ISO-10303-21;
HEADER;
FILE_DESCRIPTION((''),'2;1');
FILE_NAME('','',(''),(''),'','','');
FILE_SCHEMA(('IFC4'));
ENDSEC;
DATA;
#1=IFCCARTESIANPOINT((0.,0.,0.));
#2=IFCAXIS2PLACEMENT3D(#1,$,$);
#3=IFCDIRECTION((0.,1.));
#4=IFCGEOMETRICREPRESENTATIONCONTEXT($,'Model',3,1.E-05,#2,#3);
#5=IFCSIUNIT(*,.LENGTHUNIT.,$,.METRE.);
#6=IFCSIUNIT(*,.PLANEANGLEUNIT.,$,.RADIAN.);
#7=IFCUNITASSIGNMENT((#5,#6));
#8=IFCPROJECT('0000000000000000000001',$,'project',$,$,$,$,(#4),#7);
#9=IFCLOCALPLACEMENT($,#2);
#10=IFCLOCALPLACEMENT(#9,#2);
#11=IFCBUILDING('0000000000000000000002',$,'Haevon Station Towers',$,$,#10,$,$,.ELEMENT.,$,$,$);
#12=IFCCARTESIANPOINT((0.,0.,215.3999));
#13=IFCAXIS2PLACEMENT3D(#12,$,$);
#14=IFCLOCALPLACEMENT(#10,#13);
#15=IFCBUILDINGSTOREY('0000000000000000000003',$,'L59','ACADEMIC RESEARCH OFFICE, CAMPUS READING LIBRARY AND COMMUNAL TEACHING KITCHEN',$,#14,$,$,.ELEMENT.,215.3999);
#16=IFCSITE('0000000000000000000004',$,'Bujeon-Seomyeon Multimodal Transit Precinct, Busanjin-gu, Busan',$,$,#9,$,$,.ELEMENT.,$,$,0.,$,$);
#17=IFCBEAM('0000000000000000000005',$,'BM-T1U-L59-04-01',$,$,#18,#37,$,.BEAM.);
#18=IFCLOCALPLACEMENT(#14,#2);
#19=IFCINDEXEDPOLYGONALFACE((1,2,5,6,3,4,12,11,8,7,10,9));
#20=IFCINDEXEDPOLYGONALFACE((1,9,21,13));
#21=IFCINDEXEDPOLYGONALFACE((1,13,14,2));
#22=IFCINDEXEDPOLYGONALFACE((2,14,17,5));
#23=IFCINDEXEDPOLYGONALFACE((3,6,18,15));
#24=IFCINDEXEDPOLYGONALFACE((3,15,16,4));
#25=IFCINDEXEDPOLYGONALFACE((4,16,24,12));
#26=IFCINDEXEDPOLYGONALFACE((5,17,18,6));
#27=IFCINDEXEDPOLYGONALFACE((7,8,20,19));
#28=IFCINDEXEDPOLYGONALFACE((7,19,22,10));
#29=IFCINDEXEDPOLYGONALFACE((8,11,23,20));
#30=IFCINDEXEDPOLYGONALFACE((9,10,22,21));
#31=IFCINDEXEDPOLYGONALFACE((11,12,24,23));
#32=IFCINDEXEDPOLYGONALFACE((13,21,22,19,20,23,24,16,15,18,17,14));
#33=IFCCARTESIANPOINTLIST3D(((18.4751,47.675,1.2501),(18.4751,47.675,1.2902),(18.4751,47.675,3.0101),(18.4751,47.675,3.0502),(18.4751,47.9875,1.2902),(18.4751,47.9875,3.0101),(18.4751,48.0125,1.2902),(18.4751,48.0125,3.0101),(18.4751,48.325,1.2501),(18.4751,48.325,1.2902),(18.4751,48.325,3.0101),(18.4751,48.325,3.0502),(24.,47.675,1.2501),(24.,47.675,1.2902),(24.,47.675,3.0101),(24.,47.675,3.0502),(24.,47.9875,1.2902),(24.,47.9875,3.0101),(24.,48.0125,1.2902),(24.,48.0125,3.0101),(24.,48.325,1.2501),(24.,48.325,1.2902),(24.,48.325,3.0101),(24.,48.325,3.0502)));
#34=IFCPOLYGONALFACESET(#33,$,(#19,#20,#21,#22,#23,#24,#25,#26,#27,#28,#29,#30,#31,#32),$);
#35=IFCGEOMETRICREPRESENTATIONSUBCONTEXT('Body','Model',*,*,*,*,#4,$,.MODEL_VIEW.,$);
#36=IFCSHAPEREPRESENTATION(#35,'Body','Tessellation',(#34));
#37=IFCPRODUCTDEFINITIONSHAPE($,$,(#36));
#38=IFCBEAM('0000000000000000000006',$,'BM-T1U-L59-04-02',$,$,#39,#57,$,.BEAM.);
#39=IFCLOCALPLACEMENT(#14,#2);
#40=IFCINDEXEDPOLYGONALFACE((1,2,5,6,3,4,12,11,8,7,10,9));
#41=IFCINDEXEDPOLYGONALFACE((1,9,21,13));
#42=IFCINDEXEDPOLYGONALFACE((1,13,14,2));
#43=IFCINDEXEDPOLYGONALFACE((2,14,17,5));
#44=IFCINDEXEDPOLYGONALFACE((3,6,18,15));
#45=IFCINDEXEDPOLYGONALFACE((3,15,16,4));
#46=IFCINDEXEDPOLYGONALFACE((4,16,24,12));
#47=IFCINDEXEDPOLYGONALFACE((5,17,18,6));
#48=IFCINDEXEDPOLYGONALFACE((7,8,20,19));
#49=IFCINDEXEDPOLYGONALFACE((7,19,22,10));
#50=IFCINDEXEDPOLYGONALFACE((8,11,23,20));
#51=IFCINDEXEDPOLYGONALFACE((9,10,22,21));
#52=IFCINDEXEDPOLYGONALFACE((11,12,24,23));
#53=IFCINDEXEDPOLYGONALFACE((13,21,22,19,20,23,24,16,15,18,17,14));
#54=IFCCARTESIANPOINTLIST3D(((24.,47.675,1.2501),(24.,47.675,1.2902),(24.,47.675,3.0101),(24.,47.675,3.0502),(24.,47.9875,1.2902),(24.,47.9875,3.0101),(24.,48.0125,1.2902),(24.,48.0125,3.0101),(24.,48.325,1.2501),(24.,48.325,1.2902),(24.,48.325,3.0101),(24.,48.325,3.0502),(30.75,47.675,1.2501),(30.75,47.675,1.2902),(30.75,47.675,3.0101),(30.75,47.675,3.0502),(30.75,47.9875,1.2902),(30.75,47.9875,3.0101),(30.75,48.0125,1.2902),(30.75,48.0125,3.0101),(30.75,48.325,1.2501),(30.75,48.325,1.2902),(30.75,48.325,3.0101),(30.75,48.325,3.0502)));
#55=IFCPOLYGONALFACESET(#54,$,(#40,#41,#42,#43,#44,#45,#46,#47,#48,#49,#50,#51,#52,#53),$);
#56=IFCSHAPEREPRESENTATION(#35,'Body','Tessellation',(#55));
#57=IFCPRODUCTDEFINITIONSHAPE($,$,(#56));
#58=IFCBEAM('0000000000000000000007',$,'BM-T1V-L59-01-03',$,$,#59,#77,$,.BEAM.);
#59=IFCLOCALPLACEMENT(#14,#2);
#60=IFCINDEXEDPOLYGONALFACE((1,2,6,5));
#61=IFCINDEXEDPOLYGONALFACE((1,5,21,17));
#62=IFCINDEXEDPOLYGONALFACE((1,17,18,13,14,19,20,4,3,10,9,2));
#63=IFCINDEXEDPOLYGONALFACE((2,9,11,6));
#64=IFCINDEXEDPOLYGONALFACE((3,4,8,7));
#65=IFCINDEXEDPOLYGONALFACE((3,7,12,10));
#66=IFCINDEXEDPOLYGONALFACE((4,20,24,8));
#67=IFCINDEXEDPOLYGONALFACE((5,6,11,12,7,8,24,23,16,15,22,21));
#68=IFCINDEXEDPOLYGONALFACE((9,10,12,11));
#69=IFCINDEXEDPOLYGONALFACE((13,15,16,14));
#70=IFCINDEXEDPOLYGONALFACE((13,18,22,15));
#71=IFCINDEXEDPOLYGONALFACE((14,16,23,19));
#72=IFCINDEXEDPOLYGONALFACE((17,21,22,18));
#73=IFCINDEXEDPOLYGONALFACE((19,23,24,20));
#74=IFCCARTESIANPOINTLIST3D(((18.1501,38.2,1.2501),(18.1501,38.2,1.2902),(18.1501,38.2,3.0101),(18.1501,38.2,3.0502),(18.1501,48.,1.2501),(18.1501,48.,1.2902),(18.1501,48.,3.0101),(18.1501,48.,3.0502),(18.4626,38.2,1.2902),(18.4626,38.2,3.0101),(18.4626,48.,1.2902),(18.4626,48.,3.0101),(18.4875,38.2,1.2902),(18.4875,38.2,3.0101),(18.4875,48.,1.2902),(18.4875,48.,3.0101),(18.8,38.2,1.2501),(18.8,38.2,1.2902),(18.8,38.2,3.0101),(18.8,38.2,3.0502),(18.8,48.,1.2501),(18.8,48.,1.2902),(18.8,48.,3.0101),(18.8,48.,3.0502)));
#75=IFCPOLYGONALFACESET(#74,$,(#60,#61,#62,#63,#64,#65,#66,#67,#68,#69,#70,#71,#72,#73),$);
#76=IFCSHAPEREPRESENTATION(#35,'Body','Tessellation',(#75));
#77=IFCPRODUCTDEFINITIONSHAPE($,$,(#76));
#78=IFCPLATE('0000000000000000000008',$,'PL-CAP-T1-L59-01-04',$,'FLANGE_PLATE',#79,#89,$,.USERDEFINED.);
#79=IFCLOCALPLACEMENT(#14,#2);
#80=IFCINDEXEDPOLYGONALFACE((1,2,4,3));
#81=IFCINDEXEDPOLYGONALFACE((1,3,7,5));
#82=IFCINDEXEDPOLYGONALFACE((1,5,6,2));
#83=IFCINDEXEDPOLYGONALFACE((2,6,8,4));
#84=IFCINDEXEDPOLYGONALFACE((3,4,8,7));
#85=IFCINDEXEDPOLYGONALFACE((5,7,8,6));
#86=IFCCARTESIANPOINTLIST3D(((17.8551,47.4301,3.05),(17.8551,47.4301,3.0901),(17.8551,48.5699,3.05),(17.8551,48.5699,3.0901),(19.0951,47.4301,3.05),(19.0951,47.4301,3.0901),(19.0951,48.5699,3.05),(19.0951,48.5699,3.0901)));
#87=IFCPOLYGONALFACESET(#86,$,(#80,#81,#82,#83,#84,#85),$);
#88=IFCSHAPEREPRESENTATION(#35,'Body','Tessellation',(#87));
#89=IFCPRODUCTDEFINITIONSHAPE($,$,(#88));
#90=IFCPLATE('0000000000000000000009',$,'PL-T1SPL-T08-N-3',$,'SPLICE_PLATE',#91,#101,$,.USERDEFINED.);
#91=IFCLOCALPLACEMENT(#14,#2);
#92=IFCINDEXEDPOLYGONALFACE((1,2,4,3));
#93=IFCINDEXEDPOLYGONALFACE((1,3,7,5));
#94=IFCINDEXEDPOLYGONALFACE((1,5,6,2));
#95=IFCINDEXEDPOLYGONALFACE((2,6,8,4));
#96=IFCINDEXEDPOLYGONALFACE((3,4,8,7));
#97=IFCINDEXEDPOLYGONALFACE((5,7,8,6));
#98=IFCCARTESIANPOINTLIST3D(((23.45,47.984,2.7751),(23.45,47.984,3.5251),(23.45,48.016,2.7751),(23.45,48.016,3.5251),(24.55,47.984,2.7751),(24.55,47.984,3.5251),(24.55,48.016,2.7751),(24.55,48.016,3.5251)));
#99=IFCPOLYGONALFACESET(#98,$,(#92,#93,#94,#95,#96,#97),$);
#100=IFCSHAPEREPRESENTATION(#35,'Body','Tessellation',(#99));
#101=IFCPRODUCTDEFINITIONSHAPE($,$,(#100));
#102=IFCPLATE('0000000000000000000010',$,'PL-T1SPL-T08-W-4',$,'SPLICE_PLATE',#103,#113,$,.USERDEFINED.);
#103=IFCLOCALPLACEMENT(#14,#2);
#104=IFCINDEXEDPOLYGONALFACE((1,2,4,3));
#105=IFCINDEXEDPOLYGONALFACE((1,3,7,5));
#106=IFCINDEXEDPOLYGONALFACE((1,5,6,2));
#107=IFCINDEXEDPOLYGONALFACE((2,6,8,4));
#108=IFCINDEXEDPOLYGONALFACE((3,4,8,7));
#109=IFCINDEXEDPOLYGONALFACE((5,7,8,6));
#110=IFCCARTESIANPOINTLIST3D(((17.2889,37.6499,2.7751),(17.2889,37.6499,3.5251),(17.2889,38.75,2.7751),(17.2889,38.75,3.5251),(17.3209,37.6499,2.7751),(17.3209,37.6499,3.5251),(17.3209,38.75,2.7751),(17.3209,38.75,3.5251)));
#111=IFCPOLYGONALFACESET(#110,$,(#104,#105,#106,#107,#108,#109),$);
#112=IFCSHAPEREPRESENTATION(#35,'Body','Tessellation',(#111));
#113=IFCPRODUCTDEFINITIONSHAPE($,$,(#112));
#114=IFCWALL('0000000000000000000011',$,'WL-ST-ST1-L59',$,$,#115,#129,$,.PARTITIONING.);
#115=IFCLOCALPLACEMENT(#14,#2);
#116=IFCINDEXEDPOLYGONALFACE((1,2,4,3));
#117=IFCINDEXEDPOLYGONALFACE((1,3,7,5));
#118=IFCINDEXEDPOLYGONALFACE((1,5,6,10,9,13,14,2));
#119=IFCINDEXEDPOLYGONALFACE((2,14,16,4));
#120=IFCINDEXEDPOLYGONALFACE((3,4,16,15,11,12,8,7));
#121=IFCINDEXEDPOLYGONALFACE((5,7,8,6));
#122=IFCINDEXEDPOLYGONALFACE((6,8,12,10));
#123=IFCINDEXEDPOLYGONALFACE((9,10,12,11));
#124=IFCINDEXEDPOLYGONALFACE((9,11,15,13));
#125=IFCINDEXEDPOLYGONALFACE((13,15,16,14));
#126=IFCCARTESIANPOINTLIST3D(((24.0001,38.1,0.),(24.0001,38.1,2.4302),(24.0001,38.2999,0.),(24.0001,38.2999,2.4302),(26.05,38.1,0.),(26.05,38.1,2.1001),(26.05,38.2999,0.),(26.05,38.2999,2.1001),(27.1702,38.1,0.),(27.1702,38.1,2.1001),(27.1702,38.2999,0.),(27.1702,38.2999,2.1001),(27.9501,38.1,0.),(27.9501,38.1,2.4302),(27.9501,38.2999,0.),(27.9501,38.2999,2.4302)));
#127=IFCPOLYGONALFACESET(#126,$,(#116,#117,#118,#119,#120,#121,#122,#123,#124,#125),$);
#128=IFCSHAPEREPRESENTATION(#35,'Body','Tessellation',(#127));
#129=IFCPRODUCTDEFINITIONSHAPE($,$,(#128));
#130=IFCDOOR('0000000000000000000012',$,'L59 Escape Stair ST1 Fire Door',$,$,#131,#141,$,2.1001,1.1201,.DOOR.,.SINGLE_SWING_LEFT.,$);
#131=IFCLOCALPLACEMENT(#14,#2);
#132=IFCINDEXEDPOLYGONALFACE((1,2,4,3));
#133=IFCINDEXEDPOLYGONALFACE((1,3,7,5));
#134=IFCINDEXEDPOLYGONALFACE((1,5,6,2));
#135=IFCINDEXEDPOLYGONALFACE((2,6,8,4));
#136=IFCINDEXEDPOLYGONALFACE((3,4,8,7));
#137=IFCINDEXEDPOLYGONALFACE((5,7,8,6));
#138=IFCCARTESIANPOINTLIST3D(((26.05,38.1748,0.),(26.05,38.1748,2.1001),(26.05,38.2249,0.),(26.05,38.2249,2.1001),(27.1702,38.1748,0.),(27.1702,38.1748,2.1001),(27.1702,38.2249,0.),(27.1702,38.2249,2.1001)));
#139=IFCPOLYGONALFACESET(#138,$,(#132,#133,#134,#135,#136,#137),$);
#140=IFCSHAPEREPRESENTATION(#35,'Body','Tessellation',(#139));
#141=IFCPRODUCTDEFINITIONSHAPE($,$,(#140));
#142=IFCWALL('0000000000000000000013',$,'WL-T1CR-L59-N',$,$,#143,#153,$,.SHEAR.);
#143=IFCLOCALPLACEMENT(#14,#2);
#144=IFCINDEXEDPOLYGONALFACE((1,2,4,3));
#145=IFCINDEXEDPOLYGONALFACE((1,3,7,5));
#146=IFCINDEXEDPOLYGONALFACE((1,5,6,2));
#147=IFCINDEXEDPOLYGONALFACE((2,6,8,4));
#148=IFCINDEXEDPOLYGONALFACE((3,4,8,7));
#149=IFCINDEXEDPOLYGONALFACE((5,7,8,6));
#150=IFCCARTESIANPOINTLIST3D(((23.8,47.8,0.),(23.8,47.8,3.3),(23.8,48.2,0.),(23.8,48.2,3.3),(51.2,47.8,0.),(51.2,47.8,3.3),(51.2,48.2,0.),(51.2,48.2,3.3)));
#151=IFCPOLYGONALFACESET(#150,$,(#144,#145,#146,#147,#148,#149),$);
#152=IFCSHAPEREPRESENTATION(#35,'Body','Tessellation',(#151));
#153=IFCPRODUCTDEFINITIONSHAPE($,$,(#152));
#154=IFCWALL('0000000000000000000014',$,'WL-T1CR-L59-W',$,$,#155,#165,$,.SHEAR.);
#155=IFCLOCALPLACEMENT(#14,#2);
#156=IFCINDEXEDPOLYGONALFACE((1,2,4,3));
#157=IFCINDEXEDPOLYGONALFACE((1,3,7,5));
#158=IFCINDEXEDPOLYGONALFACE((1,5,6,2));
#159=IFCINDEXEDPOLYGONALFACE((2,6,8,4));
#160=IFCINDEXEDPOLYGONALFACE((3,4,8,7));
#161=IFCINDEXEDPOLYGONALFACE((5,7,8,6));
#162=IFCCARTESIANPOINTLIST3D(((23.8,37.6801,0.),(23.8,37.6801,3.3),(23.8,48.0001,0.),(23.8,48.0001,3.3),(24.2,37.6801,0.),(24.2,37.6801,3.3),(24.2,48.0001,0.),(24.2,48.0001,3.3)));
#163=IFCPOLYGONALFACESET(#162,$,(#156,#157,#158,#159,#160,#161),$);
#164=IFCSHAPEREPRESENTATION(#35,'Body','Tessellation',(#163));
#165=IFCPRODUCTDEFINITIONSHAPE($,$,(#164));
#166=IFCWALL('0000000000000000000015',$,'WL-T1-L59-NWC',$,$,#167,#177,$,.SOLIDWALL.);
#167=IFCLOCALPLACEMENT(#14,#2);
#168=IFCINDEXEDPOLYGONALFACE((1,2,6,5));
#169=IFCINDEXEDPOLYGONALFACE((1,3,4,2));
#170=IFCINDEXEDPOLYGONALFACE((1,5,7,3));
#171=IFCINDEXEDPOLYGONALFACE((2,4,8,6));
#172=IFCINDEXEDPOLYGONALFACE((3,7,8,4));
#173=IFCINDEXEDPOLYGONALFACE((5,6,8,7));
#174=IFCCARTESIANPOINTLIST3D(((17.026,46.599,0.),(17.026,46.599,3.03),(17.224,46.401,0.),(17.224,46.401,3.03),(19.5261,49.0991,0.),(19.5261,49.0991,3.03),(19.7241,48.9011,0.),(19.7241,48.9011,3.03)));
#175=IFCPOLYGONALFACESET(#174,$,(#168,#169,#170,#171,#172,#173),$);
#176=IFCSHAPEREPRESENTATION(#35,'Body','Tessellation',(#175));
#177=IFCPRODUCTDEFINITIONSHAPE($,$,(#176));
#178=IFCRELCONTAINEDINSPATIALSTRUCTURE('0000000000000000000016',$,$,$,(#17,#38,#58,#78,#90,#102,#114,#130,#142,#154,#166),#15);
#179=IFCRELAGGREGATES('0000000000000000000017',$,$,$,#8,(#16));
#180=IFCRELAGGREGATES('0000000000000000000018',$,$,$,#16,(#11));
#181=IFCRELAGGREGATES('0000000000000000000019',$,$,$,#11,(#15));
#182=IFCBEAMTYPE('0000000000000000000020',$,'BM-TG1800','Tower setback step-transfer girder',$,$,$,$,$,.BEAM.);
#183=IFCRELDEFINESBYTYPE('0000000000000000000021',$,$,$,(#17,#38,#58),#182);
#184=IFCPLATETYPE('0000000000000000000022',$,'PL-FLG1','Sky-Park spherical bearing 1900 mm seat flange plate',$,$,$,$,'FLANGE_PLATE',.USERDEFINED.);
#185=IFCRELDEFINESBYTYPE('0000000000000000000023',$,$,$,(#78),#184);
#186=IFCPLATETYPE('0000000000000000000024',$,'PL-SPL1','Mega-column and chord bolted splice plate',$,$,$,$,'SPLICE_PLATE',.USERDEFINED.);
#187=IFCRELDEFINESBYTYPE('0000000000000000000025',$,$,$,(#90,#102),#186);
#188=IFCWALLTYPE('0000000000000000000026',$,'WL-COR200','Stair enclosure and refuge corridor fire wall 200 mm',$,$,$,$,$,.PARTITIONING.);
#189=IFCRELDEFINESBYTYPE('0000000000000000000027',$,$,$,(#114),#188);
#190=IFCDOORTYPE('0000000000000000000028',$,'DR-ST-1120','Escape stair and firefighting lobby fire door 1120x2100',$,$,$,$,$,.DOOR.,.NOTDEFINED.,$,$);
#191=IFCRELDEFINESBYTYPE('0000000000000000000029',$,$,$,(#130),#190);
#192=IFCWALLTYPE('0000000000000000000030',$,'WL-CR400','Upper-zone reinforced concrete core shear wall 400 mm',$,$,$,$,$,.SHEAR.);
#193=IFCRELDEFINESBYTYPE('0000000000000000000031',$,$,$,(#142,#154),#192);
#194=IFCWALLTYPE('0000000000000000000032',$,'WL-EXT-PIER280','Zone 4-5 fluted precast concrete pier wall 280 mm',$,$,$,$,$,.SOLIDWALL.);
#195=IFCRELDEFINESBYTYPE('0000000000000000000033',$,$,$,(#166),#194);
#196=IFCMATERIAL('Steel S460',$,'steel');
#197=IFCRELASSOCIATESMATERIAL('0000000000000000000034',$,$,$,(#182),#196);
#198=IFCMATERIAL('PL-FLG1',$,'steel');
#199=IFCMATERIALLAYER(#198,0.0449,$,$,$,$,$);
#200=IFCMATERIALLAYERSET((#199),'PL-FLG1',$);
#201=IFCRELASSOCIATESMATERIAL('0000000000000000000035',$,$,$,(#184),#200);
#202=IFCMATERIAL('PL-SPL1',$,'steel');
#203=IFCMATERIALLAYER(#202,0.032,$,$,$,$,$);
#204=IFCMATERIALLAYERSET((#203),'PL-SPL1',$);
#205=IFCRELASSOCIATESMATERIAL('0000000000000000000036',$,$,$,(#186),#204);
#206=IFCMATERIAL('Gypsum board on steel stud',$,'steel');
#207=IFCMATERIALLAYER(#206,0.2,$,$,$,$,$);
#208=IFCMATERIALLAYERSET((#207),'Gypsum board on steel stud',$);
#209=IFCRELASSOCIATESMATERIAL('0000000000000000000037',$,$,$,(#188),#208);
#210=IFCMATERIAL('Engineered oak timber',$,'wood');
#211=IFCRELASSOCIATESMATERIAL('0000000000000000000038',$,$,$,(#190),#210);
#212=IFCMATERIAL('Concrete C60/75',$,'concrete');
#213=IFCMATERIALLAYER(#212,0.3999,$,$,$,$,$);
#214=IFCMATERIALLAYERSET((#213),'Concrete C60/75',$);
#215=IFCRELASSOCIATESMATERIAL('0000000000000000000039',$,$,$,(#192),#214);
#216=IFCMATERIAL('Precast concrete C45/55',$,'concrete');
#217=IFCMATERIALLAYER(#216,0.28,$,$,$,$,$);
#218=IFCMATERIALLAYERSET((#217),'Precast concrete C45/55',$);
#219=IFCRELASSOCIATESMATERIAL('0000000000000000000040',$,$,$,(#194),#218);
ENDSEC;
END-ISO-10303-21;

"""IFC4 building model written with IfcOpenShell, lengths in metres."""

from ifc_helpers import new_model, si_unit, direction, frame, frame_2d, origin, origin_2d, place, context, subcontext, project, spatial, rectangle, i_section, extrude, material, layer, layer_set, material_profile, profile_set, type_object, element, fill, save


model = new_model("IFC4")

# Units and contexts
model_context = context("Model", 3, precision=1e-05, world=origin(), true_north=direction((0.0, 1.0)))
body_context = subcontext(model_context, "Body", "Model", "MODEL_VIEW")
ifc_project = project(units=[si_unit("LENGTHUNIT", "METRE"), si_unit("PLANEANGLEUNIT", "RADIAN")], contexts=[model_context])

# Site, building, storey
site_placement = place(None, origin())
site = spatial("IfcSite", under=ifc_project, at=site_placement, Name="Bujeon-Seomyeon Multimodal Transit Precinct, Busanjin-gu, Busan", CompositionType="ELEMENT", RefElevation=0.0)
building_placement = place(site_placement, origin())
building = spatial("IfcBuilding", under=site, at=building_placement, Name="Haevon Station Towers", CompositionType="ELEMENT")
storey_placement = place(building_placement, frame((0.0, 0.0, 215.3999)))
storey = spatial("IfcBuildingStorey", under=building, at=storey_placement, Name="L59", Description="ACADEMIC RESEARCH OFFICE, CAMPUS READING LIBRARY AND COMMUNAL TEACHING KITCHEN", CompositionType="ELEMENT", Elevation=215.3999)

# Shared definitions
ifc_material_1 = material(Name="Steel S460", Category="steel")

# Beams
ifc_material_profile_1 = material_profile(ifc_material_1, i_section(OverallWidth=0.6499, OverallDepth=1.8, WebThickness=0.0249, FlangeThickness=0.04, at=origin_2d()), Name="H-1800x650x25x40")
ifc_profile_set_1 = profile_set([ifc_material_profile_1], Name="Steel S460")
beam_type_1 = type_object("IfcBeamType", Name="BM-TG1800", Description="Tower setback step-transfer girder", PredefinedType="BEAM", material=ifc_profile_set_1)
for number, where, z_axis, x_axis, name in (
    (1, (18.4751, 48.0, 2.1501), (1.0, 0.0, 0.0), (0.0, 1.0, 0.0), "BM-T1U-L59-04-01"),
):
    element("IfcBeam", number, at=place(storey_placement, frame(where, z_axis=z_axis, x_axis=x_axis)), inside=storey, type_object=beam_type_1, Name=name, PredefinedType="BEAM", context=body_context, shape_type="SweptSolid", body=[
        extrude(i_section(OverallWidth=0.6499, OverallDepth=1.8, WebThickness=0.0249, FlangeThickness=0.04, at=origin_2d()), origin(), (0.0, 0.0, 1.0), 5.5249),
    ])
beam_1_placement = place(storey_placement, frame((24.0, 48.0, 2.1501), z_axis=(1.0, 0.0, 0.0), x_axis=(0.0, 1.0, 0.0)))
element("IfcBeam", 2, at=beam_1_placement, inside=storey, type_object=beam_type_1, Name="BM-T1U-L59-04-02", PredefinedType="BEAM", context=body_context, shape_type="SweptSolid", body=[
    extrude(i_section(OverallWidth=0.6499, OverallDepth=1.8, WebThickness=0.0249, FlangeThickness=0.04, at=origin_2d()), origin(), (0.0, 0.0, 1.0), 6.75),
])
beam_2_placement = place(storey_placement, frame((18.4751, 38.2, 2.1501), z_axis=(0.0, 1.0, 0.0), x_axis=(-1.0, 0.0, 0.0)))
element("IfcBeam", 3, at=beam_2_placement, inside=storey, type_object=beam_type_1, Name="BM-T1V-L59-01-03", PredefinedType="BEAM", context=body_context, shape_type="SweptSolid", body=[
    extrude(i_section(OverallWidth=0.6499, OverallDepth=1.8, WebThickness=0.0249, FlangeThickness=0.04, at=origin_2d()), origin(), (0.0, 0.0, 1.0), 9.8),
])

# Plates
ifc_material_2 = material(Name="PL-FLG1", Category="steel")
ifc_layer_1 = layer(ifc_material_2, 0.0449)
ifc_layer_set_1 = layer_set([ifc_layer_1], Name="PL-FLG1")
plate_type_1 = type_object("IfcPlateType", Name="PL-FLG1", Description="Sky-Park spherical bearing 1900 mm seat flange plate", ElementType="FLANGE_PLATE", PredefinedType="USERDEFINED", material=ifc_layer_set_1)
plate_placement = place(storey_placement, frame((18.4751, 48.0, 3.05), z_axis=(0.0, 0.0, 1.0), x_axis=(1.0, 0.0, 0.0)))
element("IfcPlate", 4, at=plate_placement, inside=storey, type_object=plate_type_1, Name="PL-CAP-T1-L59-01-04", ObjectType="FLANGE_PLATE", PredefinedType="USERDEFINED", context=body_context, shape_type="SweptSolid", body=[
    extrude(rectangle(XDim=1.24, YDim=1.1399, at=origin_2d()), origin(), (0.0, 0.0, 1.0), 0.04),
])
ifc_material_3 = material(Name="PL-SPL1", Category="steel")
ifc_layer_2 = layer(ifc_material_3, 0.032)
ifc_layer_set_2 = layer_set([ifc_layer_2], Name="PL-SPL1")
plate_type_2 = type_object("IfcPlateType", Name="PL-SPL1", Description="Mega-column and chord bolted splice plate", ElementType="SPLICE_PLATE", PredefinedType="USERDEFINED", material=ifc_layer_set_2)
for number, where, z_axis, x_axis, name in (
    (5, (24.0, 48.0, 2.7751), (0.0, 0.0, 1.0), (1.0, 0.0, 0.0), "PL-T1SPL-T08-N-3"),
    (6, (17.3049, 38.2, 2.7751), (0.0, 0.0, 1.0), (0.0, 1.0, 0.0), "PL-T1SPL-T08-W-4"),
):
    element("IfcPlate", number, at=place(storey_placement, frame(where, z_axis=z_axis, x_axis=x_axis)), inside=storey, type_object=plate_type_2, Name=name, ObjectType="SPLICE_PLATE", PredefinedType="USERDEFINED", context=body_context, shape_type="SweptSolid", body=[
        extrude(rectangle(XDim=1.1001, YDim=0.032, at=origin_2d()), origin(), (0.0, 0.0, 1.0), 0.75),
    ])

# Wall, opening, door
ifc_material_4 = material(Name="Gypsum board on steel stud", Category="steel")
ifc_layer_3 = layer(ifc_material_4, 0.2)
ifc_layer_set_3 = layer_set([ifc_layer_3], Name="Gypsum board on steel stud")
wall_type_1 = type_object("IfcWallType", Name="WL-COR200", Description="Stair enclosure and refuge corridor fire wall 200 mm", PredefinedType="PARTITIONING", material=ifc_layer_set_3)
wall_1_placement = place(storey_placement, frame((24.0, 38.2, 0.0), z_axis=(0.0, 0.0, 1.0), x_axis=(1.0, 0.0, 0.0)))
wall_1 = element("IfcWall", 7, at=wall_1_placement, inside=storey, type_object=wall_type_1, Name="WL-ST-ST1-L59", PredefinedType="PARTITIONING", context=body_context, shape_type="SweptSolid", body=[
    extrude(rectangle(XDim=3.95, YDim=0.2, at=frame_2d((1.9751, 0.0))), origin(), (0.0, 0.0, 1.0), 2.4302),
])
opening_placement = place(wall_1_placement, frame((2.05, 0.0, 0.0)))
opening = element("IfcOpeningElement", 8, at=opening_placement, cuts=wall_1, PredefinedType="OPENING", context=body_context, shape_type="SweptSolid", body=[
    extrude(rectangle(XDim=1.1201, YDim=2.1001, at=frame_2d((0.5601, 1.05))), frame((0.0, 0.1099, 0.0), z_axis=(0.0, -1.0, 0.0), x_axis=(1.0, 0.0, 0.0)), (0.0, 0.0, 1.0), 0.22),
])
ifc_material_5 = material(Name="Engineered oak timber", Category="wood")
door_type = type_object("IfcDoorType", Name="DR-ST-1120", Description="Escape stair and firefighting lobby fire door 1120x2100", OperationType="NOTDEFINED", PredefinedType="DOOR", material=ifc_material_5)
door_placement = place(opening_placement, origin())
door = element("IfcDoor", 9, at=door_placement, inside=storey, type_object=door_type, Name="L59 Escape Stair ST1 Fire Door", OperationType="SINGLE_SWING_LEFT", OverallHeight=2.1001, OverallWidth=1.1201, PredefinedType="DOOR", context=body_context, shape_type="SweptSolid", body=[
    extrude(rectangle(XDim=1.1201, YDim=2.1001, at=frame_2d((0.5601, 1.05))), frame((0.0, 0.0249, 0.0), z_axis=(0.0, -1.0, 0.0), x_axis=(1.0, 0.0, 0.0)), (0.0, 0.0, 1.0), 0.05),
])
fill(opening, door)

# Walls
ifc_material_6 = material(Name="Concrete C60/75", Category="concrete")
ifc_layer_4 = layer(ifc_material_6, 0.3999)
ifc_layer_set_4 = layer_set([ifc_layer_4], Name="Concrete C60/75")
wall_type_2 = type_object("IfcWallType", Name="WL-CR400", Description="Upper-zone reinforced concrete core shear wall 400 mm", PredefinedType="SHEAR", material=ifc_layer_set_4)
wall_2_placement = place(storey_placement, frame((23.8, 48.0, 0.0), z_axis=(0.0, 0.0, 1.0), x_axis=(1.0, 0.0, 0.0)))
element("IfcWall", 10, at=wall_2_placement, inside=storey, type_object=wall_type_2, Name="WL-T1CR-L59-N", PredefinedType="SHEAR", context=body_context, shape_type="SweptSolid", body=[
    extrude(rectangle(XDim=27.3999, YDim=0.3999, at=frame_2d((13.7, 0.0))), origin(), (0.0, 0.0, 1.0), 3.3),
])
wall_3_placement = place(storey_placement, frame((24.0, 37.6799, 0.0), z_axis=(0.0, 0.0, 1.0), x_axis=(0.0, 1.0, 0.0)))
element("IfcWall", 11, at=wall_3_placement, inside=storey, type_object=wall_type_2, Name="WL-T1CR-L59-W", PredefinedType="SHEAR", context=body_context, shape_type="SweptSolid", body=[
    extrude(rectangle(XDim=10.3201, YDim=0.3999, at=frame_2d((5.1602, 0.0))), origin(), (0.0, 0.0, 1.0), 3.3),
])
ifc_material_7 = material(Name="Precast concrete C45/55", Category="concrete")
ifc_layer_5 = layer(ifc_material_7, 0.28)
ifc_layer_set_5 = layer_set([ifc_layer_5], Name="Precast concrete C45/55")
wall_type_3 = type_object("IfcWallType", Name="WL-EXT-PIER280", Description="Zone 4-5 fluted precast concrete pier wall 280 mm", PredefinedType="SOLIDWALL", material=ifc_layer_set_5)
wall_4_placement = place(storey_placement, frame((17.125, 46.5, 0.0), z_axis=(0.0, 0.0, 1.0), x_axis=(0.707107, 0.707107, 0.0)))
element("IfcWall", 12, at=wall_4_placement, inside=storey, type_object=wall_type_3, Name="WL-T1-L59-NWC", PredefinedType="SOLIDWALL", context=body_context, shape_type="SweptSolid", body=[
    extrude(rectangle(XDim=3.5356, YDim=0.28, at=frame_2d((1.7678, 0.0))), origin(), (0.0, 0.0, 1.0), 3.03),
])

save(model, "model.ifc")
